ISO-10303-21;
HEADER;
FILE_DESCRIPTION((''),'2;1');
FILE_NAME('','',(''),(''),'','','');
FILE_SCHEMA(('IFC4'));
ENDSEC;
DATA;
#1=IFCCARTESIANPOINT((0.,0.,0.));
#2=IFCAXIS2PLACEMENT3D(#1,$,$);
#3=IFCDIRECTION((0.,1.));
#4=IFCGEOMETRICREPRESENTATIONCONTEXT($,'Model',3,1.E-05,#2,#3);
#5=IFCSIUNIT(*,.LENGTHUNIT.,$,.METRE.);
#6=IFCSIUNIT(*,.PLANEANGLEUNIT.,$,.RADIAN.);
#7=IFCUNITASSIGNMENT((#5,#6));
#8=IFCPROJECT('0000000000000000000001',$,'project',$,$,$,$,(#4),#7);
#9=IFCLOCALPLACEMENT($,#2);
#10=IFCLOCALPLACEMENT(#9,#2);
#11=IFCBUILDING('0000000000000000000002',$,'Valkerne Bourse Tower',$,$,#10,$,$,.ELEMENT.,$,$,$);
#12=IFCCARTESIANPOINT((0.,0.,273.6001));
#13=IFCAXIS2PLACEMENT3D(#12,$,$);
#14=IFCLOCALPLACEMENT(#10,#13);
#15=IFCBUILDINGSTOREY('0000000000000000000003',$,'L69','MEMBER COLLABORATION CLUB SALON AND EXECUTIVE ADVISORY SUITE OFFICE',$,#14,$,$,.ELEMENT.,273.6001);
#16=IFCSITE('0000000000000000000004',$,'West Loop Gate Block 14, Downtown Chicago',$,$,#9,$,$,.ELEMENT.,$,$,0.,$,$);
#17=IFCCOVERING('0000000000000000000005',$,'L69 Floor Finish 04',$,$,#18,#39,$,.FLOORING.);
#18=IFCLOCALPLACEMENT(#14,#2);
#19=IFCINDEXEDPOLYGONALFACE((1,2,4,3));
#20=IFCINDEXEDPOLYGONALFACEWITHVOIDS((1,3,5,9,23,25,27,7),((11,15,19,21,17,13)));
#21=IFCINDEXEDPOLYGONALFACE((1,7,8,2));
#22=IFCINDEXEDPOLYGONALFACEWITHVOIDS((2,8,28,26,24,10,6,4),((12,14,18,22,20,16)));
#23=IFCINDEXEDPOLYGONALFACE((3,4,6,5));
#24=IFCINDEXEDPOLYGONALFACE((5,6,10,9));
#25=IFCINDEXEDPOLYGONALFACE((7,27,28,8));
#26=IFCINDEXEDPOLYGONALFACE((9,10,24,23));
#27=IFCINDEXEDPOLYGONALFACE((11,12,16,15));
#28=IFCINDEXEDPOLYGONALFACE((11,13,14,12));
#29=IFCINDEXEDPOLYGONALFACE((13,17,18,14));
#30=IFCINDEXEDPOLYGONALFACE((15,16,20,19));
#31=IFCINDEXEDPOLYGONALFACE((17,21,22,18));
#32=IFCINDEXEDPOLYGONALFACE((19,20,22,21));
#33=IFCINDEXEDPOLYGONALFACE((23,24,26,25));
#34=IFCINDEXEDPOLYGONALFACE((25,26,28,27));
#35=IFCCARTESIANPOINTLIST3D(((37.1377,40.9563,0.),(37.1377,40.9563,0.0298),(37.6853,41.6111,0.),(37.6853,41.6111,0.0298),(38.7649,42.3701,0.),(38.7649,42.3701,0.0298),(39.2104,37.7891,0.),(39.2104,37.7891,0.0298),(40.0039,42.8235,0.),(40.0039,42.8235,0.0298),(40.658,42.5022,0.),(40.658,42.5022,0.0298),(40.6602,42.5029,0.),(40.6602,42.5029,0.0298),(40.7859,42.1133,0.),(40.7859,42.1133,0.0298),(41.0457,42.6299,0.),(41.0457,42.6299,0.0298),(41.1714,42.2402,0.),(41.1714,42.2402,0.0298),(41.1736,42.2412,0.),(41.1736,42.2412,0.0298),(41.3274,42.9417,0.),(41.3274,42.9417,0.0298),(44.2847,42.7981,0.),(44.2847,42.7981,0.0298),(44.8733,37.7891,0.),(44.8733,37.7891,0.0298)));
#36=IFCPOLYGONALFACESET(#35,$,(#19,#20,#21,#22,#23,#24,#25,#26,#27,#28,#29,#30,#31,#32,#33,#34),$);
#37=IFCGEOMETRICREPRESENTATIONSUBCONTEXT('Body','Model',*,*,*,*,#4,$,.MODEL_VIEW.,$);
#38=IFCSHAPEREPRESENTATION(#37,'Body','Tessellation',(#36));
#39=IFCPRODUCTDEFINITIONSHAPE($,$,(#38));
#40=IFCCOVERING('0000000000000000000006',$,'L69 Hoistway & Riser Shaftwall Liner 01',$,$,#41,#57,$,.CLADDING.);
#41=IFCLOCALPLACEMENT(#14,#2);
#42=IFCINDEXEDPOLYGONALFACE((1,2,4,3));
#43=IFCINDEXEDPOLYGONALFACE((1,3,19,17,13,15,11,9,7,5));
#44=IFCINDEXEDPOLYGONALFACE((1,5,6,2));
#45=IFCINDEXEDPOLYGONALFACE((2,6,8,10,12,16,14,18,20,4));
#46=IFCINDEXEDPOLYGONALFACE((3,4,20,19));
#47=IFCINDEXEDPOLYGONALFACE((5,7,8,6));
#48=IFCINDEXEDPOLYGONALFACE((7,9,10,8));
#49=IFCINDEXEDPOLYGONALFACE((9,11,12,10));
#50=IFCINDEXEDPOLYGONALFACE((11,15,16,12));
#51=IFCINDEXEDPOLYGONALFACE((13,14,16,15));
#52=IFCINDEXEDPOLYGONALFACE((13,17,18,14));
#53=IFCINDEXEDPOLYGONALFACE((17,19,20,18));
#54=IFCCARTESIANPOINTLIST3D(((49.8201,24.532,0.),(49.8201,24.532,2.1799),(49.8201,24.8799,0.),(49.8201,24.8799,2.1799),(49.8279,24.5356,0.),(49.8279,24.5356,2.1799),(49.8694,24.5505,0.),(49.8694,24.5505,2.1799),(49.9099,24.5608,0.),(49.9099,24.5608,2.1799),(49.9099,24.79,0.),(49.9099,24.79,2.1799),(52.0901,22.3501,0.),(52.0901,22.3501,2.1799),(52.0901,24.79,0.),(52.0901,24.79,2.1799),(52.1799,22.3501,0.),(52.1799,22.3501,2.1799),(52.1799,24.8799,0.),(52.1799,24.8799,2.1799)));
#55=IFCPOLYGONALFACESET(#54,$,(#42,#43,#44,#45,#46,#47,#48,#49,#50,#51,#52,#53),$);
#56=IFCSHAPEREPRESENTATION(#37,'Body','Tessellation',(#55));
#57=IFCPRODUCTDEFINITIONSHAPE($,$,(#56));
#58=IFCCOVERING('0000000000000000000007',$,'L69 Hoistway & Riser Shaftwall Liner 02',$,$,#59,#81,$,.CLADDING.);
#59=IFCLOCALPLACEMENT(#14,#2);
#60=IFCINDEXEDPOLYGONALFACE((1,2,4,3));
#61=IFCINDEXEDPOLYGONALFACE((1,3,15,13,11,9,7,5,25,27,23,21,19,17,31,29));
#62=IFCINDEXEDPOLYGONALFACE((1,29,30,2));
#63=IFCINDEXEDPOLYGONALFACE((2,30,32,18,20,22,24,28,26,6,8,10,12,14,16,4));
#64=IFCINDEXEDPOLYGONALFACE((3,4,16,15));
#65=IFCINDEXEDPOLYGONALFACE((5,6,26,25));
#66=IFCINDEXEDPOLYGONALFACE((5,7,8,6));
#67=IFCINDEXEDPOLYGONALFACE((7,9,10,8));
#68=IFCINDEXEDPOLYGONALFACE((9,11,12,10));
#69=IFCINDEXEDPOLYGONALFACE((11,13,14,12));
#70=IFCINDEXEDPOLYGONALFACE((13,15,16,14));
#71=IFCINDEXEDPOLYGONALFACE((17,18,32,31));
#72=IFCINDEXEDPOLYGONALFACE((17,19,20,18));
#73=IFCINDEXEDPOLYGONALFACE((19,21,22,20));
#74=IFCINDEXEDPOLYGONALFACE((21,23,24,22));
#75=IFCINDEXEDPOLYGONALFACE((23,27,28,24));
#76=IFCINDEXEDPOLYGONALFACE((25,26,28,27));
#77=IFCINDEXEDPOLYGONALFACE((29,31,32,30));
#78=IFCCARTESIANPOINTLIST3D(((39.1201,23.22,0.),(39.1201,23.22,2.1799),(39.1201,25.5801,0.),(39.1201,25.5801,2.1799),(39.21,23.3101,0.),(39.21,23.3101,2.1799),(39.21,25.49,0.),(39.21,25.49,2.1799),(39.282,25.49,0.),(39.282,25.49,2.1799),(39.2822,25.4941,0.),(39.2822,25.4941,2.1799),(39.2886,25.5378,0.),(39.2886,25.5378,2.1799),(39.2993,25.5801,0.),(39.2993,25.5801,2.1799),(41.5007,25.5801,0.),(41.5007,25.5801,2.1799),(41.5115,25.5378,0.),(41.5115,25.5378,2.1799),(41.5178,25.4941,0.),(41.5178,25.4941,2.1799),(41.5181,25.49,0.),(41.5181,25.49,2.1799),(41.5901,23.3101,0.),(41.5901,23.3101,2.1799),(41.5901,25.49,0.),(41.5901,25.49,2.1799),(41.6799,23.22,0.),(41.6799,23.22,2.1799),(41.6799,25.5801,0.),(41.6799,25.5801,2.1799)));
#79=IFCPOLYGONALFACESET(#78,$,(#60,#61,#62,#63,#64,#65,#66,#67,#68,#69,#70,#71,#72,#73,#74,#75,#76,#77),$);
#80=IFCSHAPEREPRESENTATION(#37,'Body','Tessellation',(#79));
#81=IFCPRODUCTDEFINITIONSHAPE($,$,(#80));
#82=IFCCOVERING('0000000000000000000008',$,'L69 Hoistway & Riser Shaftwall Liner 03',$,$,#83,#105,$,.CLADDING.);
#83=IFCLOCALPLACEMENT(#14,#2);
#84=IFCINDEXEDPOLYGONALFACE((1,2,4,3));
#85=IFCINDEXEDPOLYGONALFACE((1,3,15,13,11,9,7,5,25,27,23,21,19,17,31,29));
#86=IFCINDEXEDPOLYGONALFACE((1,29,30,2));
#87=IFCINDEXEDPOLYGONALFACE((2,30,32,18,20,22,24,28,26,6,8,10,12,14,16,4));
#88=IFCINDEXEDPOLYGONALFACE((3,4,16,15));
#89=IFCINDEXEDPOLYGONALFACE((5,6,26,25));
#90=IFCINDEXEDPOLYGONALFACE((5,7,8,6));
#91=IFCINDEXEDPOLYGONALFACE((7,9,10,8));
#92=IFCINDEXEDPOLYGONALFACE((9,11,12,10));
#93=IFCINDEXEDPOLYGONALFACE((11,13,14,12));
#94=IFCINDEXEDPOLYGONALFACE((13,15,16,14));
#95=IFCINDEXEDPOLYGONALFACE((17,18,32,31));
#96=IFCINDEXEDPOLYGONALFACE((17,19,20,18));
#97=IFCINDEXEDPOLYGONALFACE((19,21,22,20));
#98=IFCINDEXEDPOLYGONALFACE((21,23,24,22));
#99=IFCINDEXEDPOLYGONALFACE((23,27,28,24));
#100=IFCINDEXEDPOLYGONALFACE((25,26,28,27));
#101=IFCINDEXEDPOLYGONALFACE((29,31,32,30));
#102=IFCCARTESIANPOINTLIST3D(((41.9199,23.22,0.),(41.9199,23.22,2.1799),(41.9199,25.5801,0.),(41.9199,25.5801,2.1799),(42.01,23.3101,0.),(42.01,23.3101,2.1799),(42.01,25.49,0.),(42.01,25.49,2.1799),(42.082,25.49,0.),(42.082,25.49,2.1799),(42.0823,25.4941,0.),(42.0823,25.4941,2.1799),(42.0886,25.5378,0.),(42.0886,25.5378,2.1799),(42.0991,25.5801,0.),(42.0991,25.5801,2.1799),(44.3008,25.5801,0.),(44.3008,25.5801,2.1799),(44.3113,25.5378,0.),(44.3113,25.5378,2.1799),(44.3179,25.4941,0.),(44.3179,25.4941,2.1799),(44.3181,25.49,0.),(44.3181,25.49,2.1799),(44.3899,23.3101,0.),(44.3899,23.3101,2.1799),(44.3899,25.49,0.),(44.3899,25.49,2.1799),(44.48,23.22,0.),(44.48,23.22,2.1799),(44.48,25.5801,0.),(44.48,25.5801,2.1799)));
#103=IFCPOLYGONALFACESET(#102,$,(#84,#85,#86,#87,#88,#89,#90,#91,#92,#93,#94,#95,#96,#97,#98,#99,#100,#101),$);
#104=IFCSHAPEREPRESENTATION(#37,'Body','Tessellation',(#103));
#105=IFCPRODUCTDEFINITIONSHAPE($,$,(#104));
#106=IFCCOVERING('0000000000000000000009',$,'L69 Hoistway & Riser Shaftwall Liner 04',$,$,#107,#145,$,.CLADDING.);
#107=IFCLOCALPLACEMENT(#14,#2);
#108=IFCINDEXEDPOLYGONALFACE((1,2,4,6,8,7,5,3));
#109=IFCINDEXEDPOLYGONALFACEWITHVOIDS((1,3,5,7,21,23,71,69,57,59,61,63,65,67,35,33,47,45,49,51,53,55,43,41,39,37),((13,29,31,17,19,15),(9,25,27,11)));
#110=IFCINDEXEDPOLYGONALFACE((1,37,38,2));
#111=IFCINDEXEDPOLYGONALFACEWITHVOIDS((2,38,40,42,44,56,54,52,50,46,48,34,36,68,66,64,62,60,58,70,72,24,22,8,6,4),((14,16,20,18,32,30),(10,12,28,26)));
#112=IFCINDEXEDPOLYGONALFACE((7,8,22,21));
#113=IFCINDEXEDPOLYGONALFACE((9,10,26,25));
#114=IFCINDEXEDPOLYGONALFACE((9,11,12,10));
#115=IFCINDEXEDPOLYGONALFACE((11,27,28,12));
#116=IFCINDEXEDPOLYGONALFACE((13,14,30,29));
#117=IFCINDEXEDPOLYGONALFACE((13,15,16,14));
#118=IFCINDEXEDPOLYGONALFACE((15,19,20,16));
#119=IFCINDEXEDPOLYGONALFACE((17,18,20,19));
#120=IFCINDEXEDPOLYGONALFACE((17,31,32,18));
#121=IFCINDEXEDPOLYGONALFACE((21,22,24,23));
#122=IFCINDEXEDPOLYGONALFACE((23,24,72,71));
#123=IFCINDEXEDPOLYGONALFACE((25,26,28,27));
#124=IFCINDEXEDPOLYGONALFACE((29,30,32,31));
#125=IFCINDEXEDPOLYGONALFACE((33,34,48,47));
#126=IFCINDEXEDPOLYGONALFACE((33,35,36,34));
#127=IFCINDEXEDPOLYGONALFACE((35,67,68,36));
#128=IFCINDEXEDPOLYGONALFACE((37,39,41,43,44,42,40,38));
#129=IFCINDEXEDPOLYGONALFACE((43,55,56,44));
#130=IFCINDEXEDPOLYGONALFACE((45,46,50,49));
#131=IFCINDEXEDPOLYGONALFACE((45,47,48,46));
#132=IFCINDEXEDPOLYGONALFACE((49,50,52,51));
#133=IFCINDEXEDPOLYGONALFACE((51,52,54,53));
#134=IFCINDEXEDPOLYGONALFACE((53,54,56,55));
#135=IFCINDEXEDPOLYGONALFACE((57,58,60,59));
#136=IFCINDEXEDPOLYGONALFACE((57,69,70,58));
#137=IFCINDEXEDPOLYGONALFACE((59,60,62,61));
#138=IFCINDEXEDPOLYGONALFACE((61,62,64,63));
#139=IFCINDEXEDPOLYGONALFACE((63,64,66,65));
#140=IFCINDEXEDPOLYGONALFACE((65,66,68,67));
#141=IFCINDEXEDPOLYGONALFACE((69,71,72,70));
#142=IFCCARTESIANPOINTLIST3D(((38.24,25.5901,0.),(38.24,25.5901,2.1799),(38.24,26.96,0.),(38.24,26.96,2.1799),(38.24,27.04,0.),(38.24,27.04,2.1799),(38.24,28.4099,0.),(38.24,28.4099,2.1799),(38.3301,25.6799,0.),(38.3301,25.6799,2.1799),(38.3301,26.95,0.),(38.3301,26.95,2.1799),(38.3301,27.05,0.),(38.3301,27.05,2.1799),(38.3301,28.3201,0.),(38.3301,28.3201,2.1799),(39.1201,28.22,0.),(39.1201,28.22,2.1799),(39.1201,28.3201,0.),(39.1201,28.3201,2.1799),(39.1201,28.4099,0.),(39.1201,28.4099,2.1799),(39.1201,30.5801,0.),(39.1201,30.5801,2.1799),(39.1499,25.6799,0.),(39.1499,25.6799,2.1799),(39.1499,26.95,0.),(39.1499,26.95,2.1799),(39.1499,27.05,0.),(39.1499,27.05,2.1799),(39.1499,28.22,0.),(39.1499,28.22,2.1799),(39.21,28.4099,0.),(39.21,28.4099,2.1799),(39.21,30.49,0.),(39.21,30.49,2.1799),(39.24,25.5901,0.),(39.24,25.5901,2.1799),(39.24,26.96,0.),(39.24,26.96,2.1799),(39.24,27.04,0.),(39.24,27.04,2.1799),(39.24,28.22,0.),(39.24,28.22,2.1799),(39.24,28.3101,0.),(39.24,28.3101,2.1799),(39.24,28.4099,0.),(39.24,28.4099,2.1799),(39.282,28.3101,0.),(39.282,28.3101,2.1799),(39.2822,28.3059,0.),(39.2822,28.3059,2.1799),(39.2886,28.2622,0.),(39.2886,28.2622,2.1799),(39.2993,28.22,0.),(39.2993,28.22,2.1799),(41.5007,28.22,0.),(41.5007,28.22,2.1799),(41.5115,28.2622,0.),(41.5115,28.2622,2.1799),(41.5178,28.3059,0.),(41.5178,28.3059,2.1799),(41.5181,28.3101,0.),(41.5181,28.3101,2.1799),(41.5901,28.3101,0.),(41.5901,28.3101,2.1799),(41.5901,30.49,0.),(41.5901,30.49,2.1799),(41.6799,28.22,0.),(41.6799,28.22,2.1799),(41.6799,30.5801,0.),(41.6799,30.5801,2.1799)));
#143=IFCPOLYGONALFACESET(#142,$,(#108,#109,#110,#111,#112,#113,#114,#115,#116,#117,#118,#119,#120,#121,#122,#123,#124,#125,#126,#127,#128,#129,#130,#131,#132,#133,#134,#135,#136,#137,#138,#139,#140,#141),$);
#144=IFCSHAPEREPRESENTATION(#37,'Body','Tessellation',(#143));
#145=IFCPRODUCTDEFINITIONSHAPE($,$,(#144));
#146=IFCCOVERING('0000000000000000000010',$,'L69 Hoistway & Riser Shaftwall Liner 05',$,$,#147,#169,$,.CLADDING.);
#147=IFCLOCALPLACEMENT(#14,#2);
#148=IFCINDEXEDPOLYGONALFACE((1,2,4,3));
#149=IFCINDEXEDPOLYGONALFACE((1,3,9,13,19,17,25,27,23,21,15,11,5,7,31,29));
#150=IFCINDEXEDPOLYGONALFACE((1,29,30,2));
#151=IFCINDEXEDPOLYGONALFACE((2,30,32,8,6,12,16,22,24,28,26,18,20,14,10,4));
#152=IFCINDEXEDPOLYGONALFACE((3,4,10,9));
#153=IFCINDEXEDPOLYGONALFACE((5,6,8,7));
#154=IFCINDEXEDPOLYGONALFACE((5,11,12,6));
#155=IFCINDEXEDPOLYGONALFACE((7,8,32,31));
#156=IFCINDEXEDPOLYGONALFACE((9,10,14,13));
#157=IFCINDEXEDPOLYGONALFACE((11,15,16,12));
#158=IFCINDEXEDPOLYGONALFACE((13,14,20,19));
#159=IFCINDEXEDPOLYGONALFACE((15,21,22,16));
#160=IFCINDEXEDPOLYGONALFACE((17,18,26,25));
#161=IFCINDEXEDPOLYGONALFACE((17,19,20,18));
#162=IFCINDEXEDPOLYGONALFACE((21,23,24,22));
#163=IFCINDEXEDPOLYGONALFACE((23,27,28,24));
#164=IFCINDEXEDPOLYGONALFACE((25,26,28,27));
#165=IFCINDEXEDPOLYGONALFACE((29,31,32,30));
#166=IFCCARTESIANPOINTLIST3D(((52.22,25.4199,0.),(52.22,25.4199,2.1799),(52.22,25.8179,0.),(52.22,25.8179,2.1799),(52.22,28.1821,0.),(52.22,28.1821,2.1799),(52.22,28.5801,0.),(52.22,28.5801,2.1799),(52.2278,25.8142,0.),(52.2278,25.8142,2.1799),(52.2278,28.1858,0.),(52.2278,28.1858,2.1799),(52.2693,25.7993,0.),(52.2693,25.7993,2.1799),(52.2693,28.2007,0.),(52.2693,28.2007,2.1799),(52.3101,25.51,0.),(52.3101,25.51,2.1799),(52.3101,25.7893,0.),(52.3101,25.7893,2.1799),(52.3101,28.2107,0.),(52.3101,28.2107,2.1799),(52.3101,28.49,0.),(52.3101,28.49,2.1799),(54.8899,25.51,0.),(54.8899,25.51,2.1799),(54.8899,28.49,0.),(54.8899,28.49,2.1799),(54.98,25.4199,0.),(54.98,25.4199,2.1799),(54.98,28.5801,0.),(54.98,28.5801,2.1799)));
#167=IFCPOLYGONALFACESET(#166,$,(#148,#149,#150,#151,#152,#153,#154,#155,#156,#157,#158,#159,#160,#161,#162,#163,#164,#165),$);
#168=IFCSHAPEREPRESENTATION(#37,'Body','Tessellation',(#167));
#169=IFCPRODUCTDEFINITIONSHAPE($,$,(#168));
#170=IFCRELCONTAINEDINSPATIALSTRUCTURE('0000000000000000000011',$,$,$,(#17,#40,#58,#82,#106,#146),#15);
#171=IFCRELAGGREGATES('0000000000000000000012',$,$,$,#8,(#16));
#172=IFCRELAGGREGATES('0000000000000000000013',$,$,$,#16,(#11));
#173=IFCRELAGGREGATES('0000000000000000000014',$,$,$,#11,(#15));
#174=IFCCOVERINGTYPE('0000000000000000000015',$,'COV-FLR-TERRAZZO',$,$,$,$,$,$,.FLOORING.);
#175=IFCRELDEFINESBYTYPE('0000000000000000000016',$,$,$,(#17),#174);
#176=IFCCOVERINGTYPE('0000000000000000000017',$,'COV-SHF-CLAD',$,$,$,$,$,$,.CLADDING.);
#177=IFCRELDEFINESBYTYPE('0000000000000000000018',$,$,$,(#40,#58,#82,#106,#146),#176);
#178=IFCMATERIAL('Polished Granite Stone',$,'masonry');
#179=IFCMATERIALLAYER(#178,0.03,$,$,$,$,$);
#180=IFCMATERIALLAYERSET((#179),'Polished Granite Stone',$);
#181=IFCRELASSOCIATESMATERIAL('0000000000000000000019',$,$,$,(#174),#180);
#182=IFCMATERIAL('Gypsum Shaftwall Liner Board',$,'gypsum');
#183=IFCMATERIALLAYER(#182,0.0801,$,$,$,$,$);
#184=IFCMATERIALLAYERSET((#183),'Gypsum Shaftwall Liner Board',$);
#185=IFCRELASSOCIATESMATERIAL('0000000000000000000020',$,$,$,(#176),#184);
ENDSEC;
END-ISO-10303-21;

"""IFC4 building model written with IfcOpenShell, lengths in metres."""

from ifc_helpers import new_model, si_unit, direction, frame, origin, place, context, subcontext, project, spatial, polyline, outline, extrude, material, layer, layer_set, type_object, element, save


model = new_model("IFC4")

# Units and contexts
model_context = context("Model", 3, precision=1e-05, world=origin(), true_north=direction((0.0, 1.0)))
body_context = subcontext(model_context, "Body", "Model", "MODEL_VIEW")
ifc_project = project(units=[si_unit("LENGTHUNIT", "METRE"), si_unit("PLANEANGLEUNIT", "RADIAN")], contexts=[model_context])

# Site, building, storey
site_placement = place(None, origin())
site = spatial("IfcSite", under=ifc_project, at=site_placement, Name="West Loop Gate Block 14, Downtown Chicago", CompositionType="ELEMENT", RefElevation=0.0)
building_placement = place(site_placement, origin())
building = spatial("IfcBuilding", under=site, at=building_placement, Name="Valkerne Bourse Tower", CompositionType="ELEMENT")
storey_placement = place(building_placement, frame((0.0, 0.0, 273.6001)))
storey = spatial("IfcBuildingStorey", under=building, at=storey_placement, Name="L69", Description="MEMBER COLLABORATION CLUB SALON AND EXECUTIVE ADVISORY SUITE OFFICE", CompositionType="ELEMENT", Elevation=273.6001)

# Coverings
ifc_material_1 = material(Name="Polished Granite Stone", Category="masonry")
ifc_layer_1 = layer(ifc_material_1, 0.03)
ifc_layer_set_1 = layer_set([ifc_layer_1], Name="Polished Granite Stone")
covering_type_1 = type_object("IfcCoveringType", Name="COV-FLR-TERRAZZO", PredefinedType="FLOORING", material=ifc_layer_set_1)
covering_1_placement = place(storey_placement, origin())
element("IfcCovering", 1, at=covering_1_placement, inside=storey, type_object=covering_type_1, Name="L69 Floor Finish 04", PredefinedType="FLOORING", context=body_context, shape_type="SweptSolid", body=[
    extrude(outline(polyline([(40.0039, 42.8235), (41.3274, 42.9417), (44.2847, 42.7981), (44.8733, 37.7891), (39.2104, 37.7891), (37.1377, 40.9563), (37.6853, 41.6111), (38.7649, 42.3701), (40.0039, 42.8235)]), holes=[polyline([(41.1736, 42.2412), (41.0457, 42.6299), (40.6602, 42.5029), (40.658, 42.5022), (40.7859, 42.1133), (41.1714, 42.2402), (41.1736, 42.2412)])]), origin(), (0.0, 0.0, 1.0), 0.0298),
])
ifc_material_2 = material(Name="Gypsum Shaftwall Liner Board", Category="gypsum")
ifc_layer_2 = layer(ifc_material_2, 0.0801)
ifc_layer_set_2 = layer_set([ifc_layer_2], Name="Gypsum Shaftwall Liner Board")
covering_type_2 = type_object("IfcCoveringType", Name="COV-SHF-CLAD", PredefinedType="CLADDING", material=ifc_layer_set_2)
covering_2_placement = place(storey_placement, origin())
element("IfcCovering", 2, at=covering_2_placement, inside=storey, type_object=covering_type_2, Name="L69 Hoistway & Riser Shaftwall Liner 01", PredefinedType="CLADDING", context=body_context, shape_type="SweptSolid", body=[
    extrude(outline(polyline([(52.1799, 24.8799), (52.1799, 22.3501), (52.0901, 22.3501), (52.0901, 24.79), (49.9099, 24.79), (49.9099, 24.5608), (49.8694, 24.5505), (49.8279, 24.5356), (49.8201, 24.532), (49.8201, 24.8799), (52.1799, 24.8799)])), origin(), (0.0, 0.0, 1.0), 2.1799),
])
covering_3_placement = place(storey_placement, origin())
element("IfcCovering", 3, at=covering_3_placement, inside=storey, type_object=covering_type_2, Name="L69 Hoistway & Riser Shaftwall Liner 02", PredefinedType="CLADDING", context=body_context, shape_type="SweptSolid", body=[
    extrude(outline(polyline([(39.2993, 25.5801), (39.2886, 25.5378), (39.2822, 25.4941), (39.282, 25.49), (39.21, 25.49), (39.21, 23.3101), (41.5901, 23.3101), (41.5901, 25.49), (41.5181, 25.49), (41.5178, 25.4941), (41.5115, 25.5378), (41.5007, 25.5801), (41.6799, 25.5801), (41.6799, 23.22), (39.1201, 23.22), (39.1201, 25.5801), (39.2993, 25.5801)])), origin(), (0.0, 0.0, 1.0), 2.1799),
])
covering_4_placement = place(storey_placement, origin())
element("IfcCovering", 4, at=covering_4_placement, inside=storey, type_object=covering_type_2, Name="L69 Hoistway & Riser Shaftwall Liner 03", PredefinedType="CLADDING", context=body_context, shape_type="SweptSolid", body=[
    extrude(outline(polyline([(42.0991, 25.5801), (42.0886, 25.5378), (42.0823, 25.4941), (42.082, 25.49), (42.01, 25.49), (42.01, 23.3101), (44.3899, 23.3101), (44.3899, 25.49), (44.3181, 25.49), (44.3179, 25.4941), (44.3113, 25.5378), (44.3008, 25.5801), (44.48, 25.5801), (44.48, 23.22), (41.9199, 23.22), (41.9199, 25.5801), (42.0991, 25.5801)])), origin(), (0.0, 0.0, 1.0), 2.1799),
])
covering_5_placement = place(storey_placement, origin())
element("IfcCovering", 5, at=covering_5_placement, inside=storey, type_object=covering_type_2, Name="L69 Hoistway & Riser Shaftwall Liner 04", PredefinedType="CLADDING", context=body_context, shape_type="SweptSolid", body=[
    extrude(outline(polyline([(38.24, 27.04), (38.24, 28.4099), (39.1201, 28.4099), (39.1201, 30.5801), (41.6799, 30.5801), (41.6799, 28.22), (41.5007, 28.22), (41.5115, 28.2622), (41.5178, 28.3059), (41.5181, 28.3101), (41.5901, 28.3101), (41.5901, 30.49), (39.21, 30.49), (39.21, 28.4099), (39.24, 28.4099), (39.24, 28.3101), (39.282, 28.3101), (39.2822, 28.3059), (39.2886, 28.2622), (39.2993, 28.22), (39.24, 28.22), (39.24, 27.04), (39.24, 26.96), (39.24, 25.5901), (38.24, 25.5901), (38.24, 26.96), (38.24, 27.04)]), holes=[polyline([(39.1499, 26.95), (38.3301, 26.95), (38.3301, 25.6799), (39.1499, 25.6799), (39.1499, 26.95)]), polyline([(39.1499, 28.22), (39.1201, 28.22), (39.1201, 28.3201), (38.3301, 28.3201), (38.3301, 27.05), (39.1499, 27.05), (39.1499, 28.22)])]), origin(), (0.0, 0.0, 1.0), 2.1799),
])
covering_6_placement = place(storey_placement, origin())
element("IfcCovering", 6, at=covering_6_placement, inside=storey, type_object=covering_type_2, Name="L69 Hoistway & Riser Shaftwall Liner 05", PredefinedType="CLADDING", context=body_context, shape_type="SweptSolid", body=[
    extrude(outline(polyline([(54.98, 28.5801), (54.98, 25.4199), (52.22, 25.4199), (52.22, 25.8179), (52.2278, 25.8142), (52.2693, 25.7993), (52.3101, 25.7893), (52.3101, 25.51), (54.8899, 25.51), (54.8899, 28.49), (52.3101, 28.49), (52.3101, 28.2107), (52.2693, 28.2007), (52.2278, 28.1858), (52.22, 28.1821), (52.22, 28.5801), (54.98, 28.5801)])), origin(), (0.0, 0.0, 1.0), 2.1799),
])

save(model, "model.ifc")
